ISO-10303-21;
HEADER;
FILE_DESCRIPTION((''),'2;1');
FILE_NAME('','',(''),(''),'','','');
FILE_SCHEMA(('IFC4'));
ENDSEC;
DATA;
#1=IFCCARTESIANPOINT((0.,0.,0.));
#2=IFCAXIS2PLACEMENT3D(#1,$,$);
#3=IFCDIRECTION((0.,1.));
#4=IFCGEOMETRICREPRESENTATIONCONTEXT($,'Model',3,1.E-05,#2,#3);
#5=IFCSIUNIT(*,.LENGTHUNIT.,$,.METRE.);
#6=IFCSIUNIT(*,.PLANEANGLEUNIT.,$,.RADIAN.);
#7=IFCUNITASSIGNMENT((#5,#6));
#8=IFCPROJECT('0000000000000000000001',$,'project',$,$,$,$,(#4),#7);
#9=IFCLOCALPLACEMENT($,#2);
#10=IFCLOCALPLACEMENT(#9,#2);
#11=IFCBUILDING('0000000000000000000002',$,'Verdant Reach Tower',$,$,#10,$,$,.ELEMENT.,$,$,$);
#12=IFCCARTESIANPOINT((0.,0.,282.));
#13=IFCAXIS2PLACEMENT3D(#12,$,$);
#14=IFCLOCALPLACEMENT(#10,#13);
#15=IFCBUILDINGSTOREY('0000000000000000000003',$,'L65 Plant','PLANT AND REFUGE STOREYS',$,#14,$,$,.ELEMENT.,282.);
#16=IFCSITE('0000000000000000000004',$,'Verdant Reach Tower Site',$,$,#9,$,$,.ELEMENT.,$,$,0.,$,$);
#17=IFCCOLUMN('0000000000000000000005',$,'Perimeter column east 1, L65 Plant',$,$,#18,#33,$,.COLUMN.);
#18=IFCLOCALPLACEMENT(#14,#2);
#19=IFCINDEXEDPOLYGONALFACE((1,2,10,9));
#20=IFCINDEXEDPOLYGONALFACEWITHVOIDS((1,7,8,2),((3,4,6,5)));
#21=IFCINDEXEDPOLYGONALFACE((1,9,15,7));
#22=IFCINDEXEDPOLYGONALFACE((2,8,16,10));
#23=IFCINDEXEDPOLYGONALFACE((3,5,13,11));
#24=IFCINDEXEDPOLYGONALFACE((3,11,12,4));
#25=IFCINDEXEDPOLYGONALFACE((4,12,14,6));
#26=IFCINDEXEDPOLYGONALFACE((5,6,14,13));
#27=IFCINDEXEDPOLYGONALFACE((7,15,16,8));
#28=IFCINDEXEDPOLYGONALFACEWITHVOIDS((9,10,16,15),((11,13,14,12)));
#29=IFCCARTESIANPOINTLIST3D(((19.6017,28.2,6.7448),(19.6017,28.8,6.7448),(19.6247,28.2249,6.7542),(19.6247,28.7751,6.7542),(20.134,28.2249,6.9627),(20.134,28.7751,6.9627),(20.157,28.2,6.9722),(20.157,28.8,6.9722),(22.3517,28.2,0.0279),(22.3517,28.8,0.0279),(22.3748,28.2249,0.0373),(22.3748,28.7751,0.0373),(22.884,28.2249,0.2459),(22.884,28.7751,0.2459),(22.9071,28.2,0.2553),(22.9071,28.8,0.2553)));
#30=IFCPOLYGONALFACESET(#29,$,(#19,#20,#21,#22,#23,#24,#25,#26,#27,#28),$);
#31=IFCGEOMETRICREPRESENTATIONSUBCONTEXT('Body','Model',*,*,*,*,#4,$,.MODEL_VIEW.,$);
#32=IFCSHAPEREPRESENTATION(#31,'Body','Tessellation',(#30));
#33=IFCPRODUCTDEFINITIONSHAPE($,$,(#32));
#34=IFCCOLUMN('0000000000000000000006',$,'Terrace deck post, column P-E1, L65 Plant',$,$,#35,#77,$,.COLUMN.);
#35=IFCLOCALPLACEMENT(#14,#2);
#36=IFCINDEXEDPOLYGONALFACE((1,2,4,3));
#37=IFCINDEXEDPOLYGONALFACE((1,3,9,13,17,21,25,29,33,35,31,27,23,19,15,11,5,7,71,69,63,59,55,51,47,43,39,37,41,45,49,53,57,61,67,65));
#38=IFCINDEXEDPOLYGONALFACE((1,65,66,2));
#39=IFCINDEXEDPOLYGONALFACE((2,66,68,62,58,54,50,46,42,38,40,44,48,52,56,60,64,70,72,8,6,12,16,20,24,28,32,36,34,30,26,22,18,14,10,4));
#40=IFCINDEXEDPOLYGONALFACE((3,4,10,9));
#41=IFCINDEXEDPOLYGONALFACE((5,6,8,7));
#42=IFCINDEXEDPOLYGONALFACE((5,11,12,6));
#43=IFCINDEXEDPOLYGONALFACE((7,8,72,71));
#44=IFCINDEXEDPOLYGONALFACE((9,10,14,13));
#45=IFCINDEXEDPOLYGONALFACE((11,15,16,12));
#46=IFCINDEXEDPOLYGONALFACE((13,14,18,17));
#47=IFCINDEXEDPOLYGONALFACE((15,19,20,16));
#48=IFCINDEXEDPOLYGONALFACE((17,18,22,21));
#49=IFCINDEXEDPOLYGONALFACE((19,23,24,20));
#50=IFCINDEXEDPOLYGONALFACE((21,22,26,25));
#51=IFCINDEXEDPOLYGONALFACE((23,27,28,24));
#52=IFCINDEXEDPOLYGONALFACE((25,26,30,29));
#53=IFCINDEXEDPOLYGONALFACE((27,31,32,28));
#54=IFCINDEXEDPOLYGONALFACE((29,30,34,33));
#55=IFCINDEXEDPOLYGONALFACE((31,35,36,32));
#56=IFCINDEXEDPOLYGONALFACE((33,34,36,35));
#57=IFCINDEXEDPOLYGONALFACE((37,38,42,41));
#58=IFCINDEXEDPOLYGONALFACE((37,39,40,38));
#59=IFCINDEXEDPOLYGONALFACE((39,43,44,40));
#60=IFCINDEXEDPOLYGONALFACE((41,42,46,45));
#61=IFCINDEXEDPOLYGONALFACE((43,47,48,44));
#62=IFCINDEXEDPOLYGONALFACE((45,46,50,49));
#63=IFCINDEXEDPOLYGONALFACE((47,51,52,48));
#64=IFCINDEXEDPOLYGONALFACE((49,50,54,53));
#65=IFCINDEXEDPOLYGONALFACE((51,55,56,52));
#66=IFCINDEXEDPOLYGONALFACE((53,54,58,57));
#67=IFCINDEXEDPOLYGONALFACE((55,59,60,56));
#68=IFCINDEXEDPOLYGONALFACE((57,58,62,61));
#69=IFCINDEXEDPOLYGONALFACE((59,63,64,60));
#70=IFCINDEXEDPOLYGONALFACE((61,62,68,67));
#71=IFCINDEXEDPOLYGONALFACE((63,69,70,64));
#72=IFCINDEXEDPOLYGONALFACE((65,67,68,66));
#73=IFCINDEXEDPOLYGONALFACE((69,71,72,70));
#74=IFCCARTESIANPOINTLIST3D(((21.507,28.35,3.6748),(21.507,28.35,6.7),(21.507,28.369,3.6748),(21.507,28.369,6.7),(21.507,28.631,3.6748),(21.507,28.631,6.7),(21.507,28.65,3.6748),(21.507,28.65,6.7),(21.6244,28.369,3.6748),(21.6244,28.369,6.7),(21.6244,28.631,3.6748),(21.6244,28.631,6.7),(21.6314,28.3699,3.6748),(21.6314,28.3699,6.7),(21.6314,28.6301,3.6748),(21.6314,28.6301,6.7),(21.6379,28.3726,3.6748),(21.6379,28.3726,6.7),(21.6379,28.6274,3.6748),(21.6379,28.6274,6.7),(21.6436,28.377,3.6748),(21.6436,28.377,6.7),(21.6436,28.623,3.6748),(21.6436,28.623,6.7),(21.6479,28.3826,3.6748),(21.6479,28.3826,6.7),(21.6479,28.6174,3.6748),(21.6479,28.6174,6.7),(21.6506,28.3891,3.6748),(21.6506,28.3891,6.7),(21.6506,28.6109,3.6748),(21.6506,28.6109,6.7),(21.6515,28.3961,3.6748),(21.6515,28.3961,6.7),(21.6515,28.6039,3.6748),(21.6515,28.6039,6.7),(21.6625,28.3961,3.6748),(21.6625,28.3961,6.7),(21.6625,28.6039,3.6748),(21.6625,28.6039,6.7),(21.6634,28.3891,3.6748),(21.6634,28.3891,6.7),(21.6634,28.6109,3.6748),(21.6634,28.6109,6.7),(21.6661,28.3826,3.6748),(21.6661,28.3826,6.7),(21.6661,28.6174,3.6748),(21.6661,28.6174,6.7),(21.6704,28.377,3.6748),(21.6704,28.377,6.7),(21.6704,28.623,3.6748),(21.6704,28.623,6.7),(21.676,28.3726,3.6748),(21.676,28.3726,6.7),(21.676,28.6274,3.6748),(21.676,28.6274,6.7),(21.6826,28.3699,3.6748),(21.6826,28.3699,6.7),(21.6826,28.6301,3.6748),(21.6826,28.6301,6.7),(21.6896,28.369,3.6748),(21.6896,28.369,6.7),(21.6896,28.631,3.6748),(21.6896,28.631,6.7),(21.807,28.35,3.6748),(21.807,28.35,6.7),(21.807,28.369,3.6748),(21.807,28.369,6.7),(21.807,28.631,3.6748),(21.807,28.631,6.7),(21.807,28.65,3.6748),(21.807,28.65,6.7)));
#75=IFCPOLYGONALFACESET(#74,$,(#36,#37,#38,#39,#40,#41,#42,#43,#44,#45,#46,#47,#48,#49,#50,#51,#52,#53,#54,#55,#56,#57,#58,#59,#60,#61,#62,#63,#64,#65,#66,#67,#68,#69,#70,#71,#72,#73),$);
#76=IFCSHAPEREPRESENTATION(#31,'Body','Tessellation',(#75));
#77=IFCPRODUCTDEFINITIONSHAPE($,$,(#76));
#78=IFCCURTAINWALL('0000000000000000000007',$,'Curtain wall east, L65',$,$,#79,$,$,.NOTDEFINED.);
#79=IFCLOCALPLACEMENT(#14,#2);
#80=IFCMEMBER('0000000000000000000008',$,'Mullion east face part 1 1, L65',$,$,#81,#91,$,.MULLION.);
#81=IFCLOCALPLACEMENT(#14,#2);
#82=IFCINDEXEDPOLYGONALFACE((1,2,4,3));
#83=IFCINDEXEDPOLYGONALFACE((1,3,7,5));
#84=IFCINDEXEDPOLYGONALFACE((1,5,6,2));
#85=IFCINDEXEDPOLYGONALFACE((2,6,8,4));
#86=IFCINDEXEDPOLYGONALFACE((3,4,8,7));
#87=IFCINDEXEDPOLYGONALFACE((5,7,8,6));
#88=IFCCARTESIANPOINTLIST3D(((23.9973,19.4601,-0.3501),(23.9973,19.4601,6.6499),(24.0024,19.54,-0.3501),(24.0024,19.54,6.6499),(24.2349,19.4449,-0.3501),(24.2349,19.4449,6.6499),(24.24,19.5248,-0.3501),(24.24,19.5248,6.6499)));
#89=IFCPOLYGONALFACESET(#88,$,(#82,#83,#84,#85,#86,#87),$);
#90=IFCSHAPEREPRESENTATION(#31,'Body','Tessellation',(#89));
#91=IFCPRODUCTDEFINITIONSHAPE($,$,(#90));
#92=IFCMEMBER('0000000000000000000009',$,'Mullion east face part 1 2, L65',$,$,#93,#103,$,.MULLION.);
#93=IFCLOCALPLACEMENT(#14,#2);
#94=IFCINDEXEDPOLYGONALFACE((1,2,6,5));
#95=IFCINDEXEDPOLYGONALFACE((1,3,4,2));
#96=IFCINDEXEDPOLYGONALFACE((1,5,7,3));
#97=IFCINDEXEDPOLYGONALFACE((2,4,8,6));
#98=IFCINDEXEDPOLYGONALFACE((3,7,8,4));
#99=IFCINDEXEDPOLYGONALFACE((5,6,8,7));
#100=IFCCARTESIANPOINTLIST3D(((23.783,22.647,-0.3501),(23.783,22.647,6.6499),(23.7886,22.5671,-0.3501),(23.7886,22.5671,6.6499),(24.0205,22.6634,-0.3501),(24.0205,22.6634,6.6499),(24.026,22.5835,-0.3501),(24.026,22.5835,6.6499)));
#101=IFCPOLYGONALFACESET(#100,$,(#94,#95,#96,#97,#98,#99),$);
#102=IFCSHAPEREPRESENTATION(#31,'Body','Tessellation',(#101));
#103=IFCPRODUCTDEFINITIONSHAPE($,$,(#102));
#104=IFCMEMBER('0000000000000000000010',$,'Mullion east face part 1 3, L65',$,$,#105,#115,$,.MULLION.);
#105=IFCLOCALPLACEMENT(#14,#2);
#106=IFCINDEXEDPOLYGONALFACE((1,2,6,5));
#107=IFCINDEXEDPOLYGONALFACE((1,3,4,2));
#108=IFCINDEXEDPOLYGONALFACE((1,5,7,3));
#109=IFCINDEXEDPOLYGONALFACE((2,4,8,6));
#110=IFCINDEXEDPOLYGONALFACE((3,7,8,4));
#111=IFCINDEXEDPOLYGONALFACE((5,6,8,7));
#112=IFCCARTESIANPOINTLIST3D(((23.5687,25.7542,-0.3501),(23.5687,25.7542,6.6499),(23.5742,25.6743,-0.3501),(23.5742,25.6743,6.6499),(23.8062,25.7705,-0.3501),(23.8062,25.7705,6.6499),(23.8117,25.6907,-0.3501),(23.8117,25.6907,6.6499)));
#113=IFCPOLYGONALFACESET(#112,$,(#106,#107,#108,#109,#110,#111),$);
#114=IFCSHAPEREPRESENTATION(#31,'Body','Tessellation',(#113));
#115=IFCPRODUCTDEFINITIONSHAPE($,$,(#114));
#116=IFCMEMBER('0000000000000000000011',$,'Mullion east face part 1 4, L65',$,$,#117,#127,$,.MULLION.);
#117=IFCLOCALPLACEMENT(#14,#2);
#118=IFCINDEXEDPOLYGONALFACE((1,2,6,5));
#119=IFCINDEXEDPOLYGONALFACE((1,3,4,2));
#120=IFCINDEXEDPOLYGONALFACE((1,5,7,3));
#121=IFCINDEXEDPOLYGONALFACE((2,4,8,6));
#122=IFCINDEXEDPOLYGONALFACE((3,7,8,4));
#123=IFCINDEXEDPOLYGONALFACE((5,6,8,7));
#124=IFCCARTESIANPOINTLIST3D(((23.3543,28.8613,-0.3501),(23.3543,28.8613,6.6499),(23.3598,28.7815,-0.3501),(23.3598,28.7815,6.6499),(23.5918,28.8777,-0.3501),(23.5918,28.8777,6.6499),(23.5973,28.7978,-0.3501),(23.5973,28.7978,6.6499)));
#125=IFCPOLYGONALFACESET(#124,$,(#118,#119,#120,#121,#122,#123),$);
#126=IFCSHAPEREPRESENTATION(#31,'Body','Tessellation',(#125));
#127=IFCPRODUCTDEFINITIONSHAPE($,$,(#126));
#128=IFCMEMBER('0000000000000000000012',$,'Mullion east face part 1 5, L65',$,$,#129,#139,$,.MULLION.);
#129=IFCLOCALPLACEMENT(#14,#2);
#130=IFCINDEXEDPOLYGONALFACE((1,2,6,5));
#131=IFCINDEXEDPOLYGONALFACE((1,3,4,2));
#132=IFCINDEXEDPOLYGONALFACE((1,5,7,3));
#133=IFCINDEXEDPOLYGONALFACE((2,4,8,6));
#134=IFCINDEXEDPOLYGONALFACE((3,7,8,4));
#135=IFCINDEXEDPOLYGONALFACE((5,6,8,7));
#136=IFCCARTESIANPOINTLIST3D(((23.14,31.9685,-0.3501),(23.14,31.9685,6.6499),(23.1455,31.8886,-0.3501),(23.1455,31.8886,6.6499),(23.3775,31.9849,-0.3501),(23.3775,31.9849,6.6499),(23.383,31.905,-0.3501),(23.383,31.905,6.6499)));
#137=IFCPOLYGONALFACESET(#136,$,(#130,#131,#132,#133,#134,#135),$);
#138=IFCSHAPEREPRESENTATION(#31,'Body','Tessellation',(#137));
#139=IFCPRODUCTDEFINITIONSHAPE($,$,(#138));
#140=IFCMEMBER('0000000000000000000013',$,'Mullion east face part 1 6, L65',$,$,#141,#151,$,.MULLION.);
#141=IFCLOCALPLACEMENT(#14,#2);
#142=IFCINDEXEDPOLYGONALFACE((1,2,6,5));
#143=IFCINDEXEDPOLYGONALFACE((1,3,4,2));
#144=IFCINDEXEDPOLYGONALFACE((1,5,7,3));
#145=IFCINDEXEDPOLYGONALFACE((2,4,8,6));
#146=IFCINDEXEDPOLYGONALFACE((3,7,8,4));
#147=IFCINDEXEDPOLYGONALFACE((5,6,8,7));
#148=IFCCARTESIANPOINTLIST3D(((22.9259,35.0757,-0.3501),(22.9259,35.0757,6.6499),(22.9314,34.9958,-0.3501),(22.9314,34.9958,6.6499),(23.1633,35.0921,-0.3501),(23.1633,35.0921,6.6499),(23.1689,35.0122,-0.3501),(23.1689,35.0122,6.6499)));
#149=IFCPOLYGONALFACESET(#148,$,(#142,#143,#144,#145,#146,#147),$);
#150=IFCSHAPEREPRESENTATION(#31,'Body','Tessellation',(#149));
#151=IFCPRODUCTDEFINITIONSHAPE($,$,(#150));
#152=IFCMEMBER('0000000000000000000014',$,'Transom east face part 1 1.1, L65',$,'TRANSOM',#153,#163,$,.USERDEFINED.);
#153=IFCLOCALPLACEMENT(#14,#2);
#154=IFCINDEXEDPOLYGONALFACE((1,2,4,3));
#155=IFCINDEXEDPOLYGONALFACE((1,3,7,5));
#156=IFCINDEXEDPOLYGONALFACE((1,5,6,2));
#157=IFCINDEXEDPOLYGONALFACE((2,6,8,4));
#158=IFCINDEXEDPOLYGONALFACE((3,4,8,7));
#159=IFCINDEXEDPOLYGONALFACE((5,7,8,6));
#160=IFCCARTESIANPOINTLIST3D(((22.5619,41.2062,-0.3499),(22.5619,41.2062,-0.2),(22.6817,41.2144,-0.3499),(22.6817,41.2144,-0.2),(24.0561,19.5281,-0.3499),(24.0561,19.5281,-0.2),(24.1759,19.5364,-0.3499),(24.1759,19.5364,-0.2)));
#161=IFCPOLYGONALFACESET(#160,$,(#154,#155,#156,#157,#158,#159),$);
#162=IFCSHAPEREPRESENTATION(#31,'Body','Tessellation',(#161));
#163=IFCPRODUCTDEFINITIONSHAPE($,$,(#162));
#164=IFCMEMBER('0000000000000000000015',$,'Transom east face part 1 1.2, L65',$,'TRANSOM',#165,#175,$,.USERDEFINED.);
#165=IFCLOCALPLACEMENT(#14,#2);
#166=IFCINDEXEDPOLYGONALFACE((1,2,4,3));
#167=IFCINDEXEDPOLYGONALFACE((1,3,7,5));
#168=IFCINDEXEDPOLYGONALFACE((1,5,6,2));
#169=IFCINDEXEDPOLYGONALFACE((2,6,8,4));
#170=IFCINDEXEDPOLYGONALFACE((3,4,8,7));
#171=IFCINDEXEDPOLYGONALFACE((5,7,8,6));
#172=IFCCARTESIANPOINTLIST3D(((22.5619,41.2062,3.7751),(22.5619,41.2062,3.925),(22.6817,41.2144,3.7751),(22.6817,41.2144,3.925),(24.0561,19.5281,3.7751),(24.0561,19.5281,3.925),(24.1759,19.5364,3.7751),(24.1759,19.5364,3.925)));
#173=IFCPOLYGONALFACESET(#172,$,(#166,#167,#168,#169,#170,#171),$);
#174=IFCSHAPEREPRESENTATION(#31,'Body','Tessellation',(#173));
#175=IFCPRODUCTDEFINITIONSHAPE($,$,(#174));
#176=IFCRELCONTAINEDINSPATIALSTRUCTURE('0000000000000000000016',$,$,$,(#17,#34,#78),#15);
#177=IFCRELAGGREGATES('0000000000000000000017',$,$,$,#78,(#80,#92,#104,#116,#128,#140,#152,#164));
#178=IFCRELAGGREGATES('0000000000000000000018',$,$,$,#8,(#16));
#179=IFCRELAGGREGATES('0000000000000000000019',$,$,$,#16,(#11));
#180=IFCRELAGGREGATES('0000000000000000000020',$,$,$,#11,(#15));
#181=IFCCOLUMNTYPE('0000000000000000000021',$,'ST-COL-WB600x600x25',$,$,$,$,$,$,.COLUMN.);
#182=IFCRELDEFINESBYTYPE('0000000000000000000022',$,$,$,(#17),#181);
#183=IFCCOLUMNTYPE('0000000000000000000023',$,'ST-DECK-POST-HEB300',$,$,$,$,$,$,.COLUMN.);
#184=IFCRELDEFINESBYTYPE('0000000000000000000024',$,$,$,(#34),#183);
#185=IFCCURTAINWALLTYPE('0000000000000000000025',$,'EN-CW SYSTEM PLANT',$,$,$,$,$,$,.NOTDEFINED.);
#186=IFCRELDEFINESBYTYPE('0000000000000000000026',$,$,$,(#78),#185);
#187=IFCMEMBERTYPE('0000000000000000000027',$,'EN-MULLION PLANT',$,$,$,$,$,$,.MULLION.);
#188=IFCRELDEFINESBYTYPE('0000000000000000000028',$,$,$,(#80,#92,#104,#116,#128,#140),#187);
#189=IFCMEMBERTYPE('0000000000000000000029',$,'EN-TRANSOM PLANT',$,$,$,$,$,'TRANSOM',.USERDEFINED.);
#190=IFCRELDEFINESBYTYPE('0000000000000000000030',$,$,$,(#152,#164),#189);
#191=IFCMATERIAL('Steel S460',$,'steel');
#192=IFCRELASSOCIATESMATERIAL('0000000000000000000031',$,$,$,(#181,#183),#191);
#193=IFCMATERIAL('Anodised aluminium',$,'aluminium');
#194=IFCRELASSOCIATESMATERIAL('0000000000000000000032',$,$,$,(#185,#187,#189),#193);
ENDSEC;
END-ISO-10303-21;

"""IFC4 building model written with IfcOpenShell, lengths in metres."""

from ifc_helpers import new_model, si_unit, direction, frame, origin, origin_2d, place, context, subcontext, project, spatial, rectangle, hollow_rectangle, i_section, extrude, material, material_profile, profile_set, type_object, element, aggregate, save


model = new_model("IFC4")

# Units and contexts
model_context = context("Model", 3, precision=1e-05, world=origin(), true_north=direction((0.0, 1.0)))
body_context = subcontext(model_context, "Body", "Model", "MODEL_VIEW")
ifc_project = project(units=[si_unit("LENGTHUNIT", "METRE"), si_unit("PLANEANGLEUNIT", "RADIAN")], contexts=[model_context])

# Site, building, storey
site_placement = place(None, origin())
site = spatial("IfcSite", under=ifc_project, at=site_placement, Name="Verdant Reach Tower Site", CompositionType="ELEMENT", RefElevation=0.0)
building_placement = place(site_placement, origin())
building = spatial("IfcBuilding", under=site, at=building_placement, Name="Verdant Reach Tower", CompositionType="ELEMENT")
storey_placement = place(building_placement, frame((0.0, 0.0, 282.0)))
storey = spatial("IfcBuildingStorey", under=building, at=storey_placement, Name="L65 Plant", Description="PLANT AND REFUGE STOREYS", CompositionType="ELEMENT", Elevation=282.0)

# Columns
ifc_material_1 = material(Name="Steel S460", Category="steel")
ifc_material_profile_1 = material_profile(ifc_material_1, hollow_rectangle(XDim=0.6001, YDim=0.6001, WallThickness=0.0249, at=origin_2d()), Name="WB 600x600x25")
ifc_profile_set_1 = profile_set([ifc_material_profile_1], Name="Steel S460")
column_type_1 = type_object("IfcColumnType", Name="ST-COL-WB600x600x25", PredefinedType="COLUMN", material=ifc_profile_set_1)
column_1_placement = place(storey_placement, frame((22.6294, 28.5, 0.1416), z_axis=(-0.378895, 0.0, 0.92544), x_axis=(0.0, -1.0, 0.0)))
element("IfcColumn", 1, at=column_1_placement, inside=storey, type_object=column_type_1, Name="Perimeter column east 1, L65 Plant", PredefinedType="COLUMN", context=body_context, shape_type="SweptSolid", body=[
    extrude(hollow_rectangle(XDim=0.6001, YDim=0.6001, WallThickness=0.0249, at=origin_2d()), origin(), (0.0, 0.0, 1.0), 7.2581),
])
ifc_material_profile_2 = material_profile(ifc_material_1, i_section(OverallWidth=0.3, OverallDepth=0.3, WebThickness=0.011, FlangeThickness=0.019, FilletRadius=0.0271, at=origin_2d()), Name="HEB 300")
ifc_profile_set_2 = profile_set([ifc_material_profile_2], Name="Steel S460")
column_type_2 = type_object("IfcColumnType", Name="ST-DECK-POST-HEB300", PredefinedType="COLUMN", material=ifc_profile_set_2)
column_2_placement = place(storey_placement, frame((21.657, 28.5, 3.6748), z_axis=(0.0, 0.0, 1.0), x_axis=(1.0, 0.0, 0.0)))
element("IfcColumn", 2, at=column_2_placement, inside=storey, type_object=column_type_2, Name="Terrace deck post, column P-E1, L65 Plant", PredefinedType="COLUMN", context=body_context, shape_type="SweptSolid", body=[
    extrude(i_section(OverallWidth=0.3, OverallDepth=0.3, WebThickness=0.011, FlangeThickness=0.019, FilletRadius=0.0271, at=origin_2d()), origin(), (0.0, 0.0, 1.0), 3.0251),
])

# Curtain wall, members
ifc_material_2 = material(Name="Anodised aluminium", Category="aluminium")
curtain_wall_type = type_object("IfcCurtainWallType", Name="EN-CW SYSTEM PLANT", PredefinedType="NOTDEFINED", material=ifc_material_2)
curtain_wall_placement = place(storey_placement, origin())
curtain_wall = element("IfcCurtainWall", 3, at=curtain_wall_placement, inside=storey, type_object=curtain_wall_type, Name="Curtain wall east, L65", PredefinedType="NOTDEFINED")
ifc_material_profile_3 = material_profile(ifc_material_2, rectangle(XDim=0.238, YDim=0.0801, at=origin_2d()), Name="Mullion 80x240")
ifc_profile_set_3 = profile_set([ifc_material_profile_3], Name="Anodised aluminium")
member_type_1 = type_object("IfcMemberType", Name="EN-MULLION PLANT", PredefinedType="MULLION", material=ifc_profile_set_3)
member_1_placement = place(storey_placement, frame((24.1187, 19.4924, -0.3501), z_axis=(0.0, 0.0, 1.0), x_axis=(0.997969, -0.063699, 0.0)))
member_1 = element("IfcMember", 4, at=member_1_placement, type_object=member_type_1, Name="Mullion east face part 1 1, L65", PredefinedType="MULLION", context=body_context, shape_type="SweptSolid", body=[
    extrude(rectangle(XDim=0.238, YDim=0.0801, at=origin_2d()), origin(), (0.0, 0.0, 1.0), 7.0),
])
member_2_placement = place(storey_placement, frame((23.9045, 22.6152, -0.3501), z_axis=(0.0, 0.0, 1.0), x_axis=(0.99763, 0.068802, 0.0)))
member_2 = element("IfcMember", 5, at=member_2_placement, type_object=member_type_1, Name="Mullion east face part 1 2, L65", PredefinedType="MULLION", context=body_context, shape_type="SweptSolid", body=[
    extrude(rectangle(XDim=0.238, YDim=0.0801, at=origin_2d()), origin(), (0.0, 0.0, 1.0), 7.0),
])
member_3_placement = place(storey_placement, frame((23.6902, 25.7224, -0.3501), z_axis=(0.0, 0.0, 1.0), x_axis=(0.99763, 0.068802, 0.0)))
member_3 = element("IfcMember", 6, at=member_3_placement, type_object=member_type_1, Name="Mullion east face part 1 3, L65", PredefinedType="MULLION", context=body_context, shape_type="SweptSolid", body=[
    extrude(rectangle(XDim=0.238, YDim=0.0801, at=origin_2d()), origin(), (0.0, 0.0, 1.0), 7.0),
])
member_4_placement = place(storey_placement, frame((23.4758, 28.8296, -0.3501), z_axis=(0.0, 0.0, 1.0), x_axis=(0.99763, 0.068802, 0.0)))
member_4 = element("IfcMember", 7, at=member_4_placement, type_object=member_type_1, Name="Mullion east face part 1 4, L65", PredefinedType="MULLION", context=body_context, shape_type="SweptSolid", body=[
    extrude(rectangle(XDim=0.238, YDim=0.0801, at=origin_2d()), origin(), (0.0, 0.0, 1.0), 7.0),
])
member_5_placement = place(storey_placement, frame((23.2615, 31.9368, -0.3501), z_axis=(0.0, 0.0, 1.0), x_axis=(0.99763, 0.068802, 0.0)))
member_5 = element("IfcMember", 8, at=member_5_placement, type_object=member_type_1, Name="Mullion east face part 1 5, L65", PredefinedType="MULLION", context=body_context, shape_type="SweptSolid", body=[
    extrude(rectangle(XDim=0.238, YDim=0.0801, at=origin_2d()), origin(), (0.0, 0.0, 1.0), 7.0),
])
member_6_placement = place(storey_placement, frame((23.0474, 35.0439, -0.3501), z_axis=(0.0, 0.0, 1.0), x_axis=(0.99763, 0.068802, 0.0)))
member_6 = element("IfcMember", 9, at=member_6_placement, type_object=member_type_1, Name="Mullion east face part 1 6, L65", PredefinedType="MULLION", context=body_context, shape_type="SweptSolid", body=[
    extrude(rectangle(XDim=0.238, YDim=0.0801, at=origin_2d()), origin(), (0.0, 0.0, 1.0), 7.0),
])
ifc_material_profile_4 = material_profile(ifc_material_2, rectangle(XDim=0.1201, YDim=0.1499, at=origin_2d()), Name="Transom 150x120")
ifc_profile_set_4 = profile_set([ifc_material_profile_4], Name="Anodised aluminium")
member_type_2 = type_object("IfcMemberType", Name="EN-TRANSOM PLANT", ElementType="TRANSOM", PredefinedType="USERDEFINED", material=ifc_profile_set_4)
member_7_placement = place(storey_placement, frame((24.116, 19.5322, -0.2749), z_axis=(-0.068761, 0.997633, 0.0), x_axis=(-0.997633, -0.068761, 0.0)))
member_7 = element("IfcMember", 10, at=member_7_placement, type_object=member_type_2, Name="Transom east face part 1 1.1, L65", ObjectType="TRANSOM", PredefinedType="USERDEFINED", context=body_context, shape_type="SweptSolid", body=[
    extrude(rectangle(XDim=0.1201, YDim=0.1499, at=origin_2d()), origin(), (0.0, 0.0, 1.0), 21.7295),
])
member_8_placement = place(storey_placement, frame((24.116, 19.5322, 3.8501), z_axis=(-0.068761, 0.997633, 0.0), x_axis=(-0.997633, -0.068761, 0.0)))
member_8 = element("IfcMember", 11, at=member_8_placement, type_object=member_type_2, Name="Transom east face part 1 1.2, L65", ObjectType="TRANSOM", PredefinedType="USERDEFINED", context=body_context, shape_type="SweptSolid", body=[
    extrude(rectangle(XDim=0.1201, YDim=0.1499, at=origin_2d()), origin(), (0.0, 0.0, 1.0), 21.7295),
])

aggregate(curtain_wall, [member_1, member_2, member_3, member_4, member_5, member_6, member_7, member_8])

save(model, "model.ifc")
